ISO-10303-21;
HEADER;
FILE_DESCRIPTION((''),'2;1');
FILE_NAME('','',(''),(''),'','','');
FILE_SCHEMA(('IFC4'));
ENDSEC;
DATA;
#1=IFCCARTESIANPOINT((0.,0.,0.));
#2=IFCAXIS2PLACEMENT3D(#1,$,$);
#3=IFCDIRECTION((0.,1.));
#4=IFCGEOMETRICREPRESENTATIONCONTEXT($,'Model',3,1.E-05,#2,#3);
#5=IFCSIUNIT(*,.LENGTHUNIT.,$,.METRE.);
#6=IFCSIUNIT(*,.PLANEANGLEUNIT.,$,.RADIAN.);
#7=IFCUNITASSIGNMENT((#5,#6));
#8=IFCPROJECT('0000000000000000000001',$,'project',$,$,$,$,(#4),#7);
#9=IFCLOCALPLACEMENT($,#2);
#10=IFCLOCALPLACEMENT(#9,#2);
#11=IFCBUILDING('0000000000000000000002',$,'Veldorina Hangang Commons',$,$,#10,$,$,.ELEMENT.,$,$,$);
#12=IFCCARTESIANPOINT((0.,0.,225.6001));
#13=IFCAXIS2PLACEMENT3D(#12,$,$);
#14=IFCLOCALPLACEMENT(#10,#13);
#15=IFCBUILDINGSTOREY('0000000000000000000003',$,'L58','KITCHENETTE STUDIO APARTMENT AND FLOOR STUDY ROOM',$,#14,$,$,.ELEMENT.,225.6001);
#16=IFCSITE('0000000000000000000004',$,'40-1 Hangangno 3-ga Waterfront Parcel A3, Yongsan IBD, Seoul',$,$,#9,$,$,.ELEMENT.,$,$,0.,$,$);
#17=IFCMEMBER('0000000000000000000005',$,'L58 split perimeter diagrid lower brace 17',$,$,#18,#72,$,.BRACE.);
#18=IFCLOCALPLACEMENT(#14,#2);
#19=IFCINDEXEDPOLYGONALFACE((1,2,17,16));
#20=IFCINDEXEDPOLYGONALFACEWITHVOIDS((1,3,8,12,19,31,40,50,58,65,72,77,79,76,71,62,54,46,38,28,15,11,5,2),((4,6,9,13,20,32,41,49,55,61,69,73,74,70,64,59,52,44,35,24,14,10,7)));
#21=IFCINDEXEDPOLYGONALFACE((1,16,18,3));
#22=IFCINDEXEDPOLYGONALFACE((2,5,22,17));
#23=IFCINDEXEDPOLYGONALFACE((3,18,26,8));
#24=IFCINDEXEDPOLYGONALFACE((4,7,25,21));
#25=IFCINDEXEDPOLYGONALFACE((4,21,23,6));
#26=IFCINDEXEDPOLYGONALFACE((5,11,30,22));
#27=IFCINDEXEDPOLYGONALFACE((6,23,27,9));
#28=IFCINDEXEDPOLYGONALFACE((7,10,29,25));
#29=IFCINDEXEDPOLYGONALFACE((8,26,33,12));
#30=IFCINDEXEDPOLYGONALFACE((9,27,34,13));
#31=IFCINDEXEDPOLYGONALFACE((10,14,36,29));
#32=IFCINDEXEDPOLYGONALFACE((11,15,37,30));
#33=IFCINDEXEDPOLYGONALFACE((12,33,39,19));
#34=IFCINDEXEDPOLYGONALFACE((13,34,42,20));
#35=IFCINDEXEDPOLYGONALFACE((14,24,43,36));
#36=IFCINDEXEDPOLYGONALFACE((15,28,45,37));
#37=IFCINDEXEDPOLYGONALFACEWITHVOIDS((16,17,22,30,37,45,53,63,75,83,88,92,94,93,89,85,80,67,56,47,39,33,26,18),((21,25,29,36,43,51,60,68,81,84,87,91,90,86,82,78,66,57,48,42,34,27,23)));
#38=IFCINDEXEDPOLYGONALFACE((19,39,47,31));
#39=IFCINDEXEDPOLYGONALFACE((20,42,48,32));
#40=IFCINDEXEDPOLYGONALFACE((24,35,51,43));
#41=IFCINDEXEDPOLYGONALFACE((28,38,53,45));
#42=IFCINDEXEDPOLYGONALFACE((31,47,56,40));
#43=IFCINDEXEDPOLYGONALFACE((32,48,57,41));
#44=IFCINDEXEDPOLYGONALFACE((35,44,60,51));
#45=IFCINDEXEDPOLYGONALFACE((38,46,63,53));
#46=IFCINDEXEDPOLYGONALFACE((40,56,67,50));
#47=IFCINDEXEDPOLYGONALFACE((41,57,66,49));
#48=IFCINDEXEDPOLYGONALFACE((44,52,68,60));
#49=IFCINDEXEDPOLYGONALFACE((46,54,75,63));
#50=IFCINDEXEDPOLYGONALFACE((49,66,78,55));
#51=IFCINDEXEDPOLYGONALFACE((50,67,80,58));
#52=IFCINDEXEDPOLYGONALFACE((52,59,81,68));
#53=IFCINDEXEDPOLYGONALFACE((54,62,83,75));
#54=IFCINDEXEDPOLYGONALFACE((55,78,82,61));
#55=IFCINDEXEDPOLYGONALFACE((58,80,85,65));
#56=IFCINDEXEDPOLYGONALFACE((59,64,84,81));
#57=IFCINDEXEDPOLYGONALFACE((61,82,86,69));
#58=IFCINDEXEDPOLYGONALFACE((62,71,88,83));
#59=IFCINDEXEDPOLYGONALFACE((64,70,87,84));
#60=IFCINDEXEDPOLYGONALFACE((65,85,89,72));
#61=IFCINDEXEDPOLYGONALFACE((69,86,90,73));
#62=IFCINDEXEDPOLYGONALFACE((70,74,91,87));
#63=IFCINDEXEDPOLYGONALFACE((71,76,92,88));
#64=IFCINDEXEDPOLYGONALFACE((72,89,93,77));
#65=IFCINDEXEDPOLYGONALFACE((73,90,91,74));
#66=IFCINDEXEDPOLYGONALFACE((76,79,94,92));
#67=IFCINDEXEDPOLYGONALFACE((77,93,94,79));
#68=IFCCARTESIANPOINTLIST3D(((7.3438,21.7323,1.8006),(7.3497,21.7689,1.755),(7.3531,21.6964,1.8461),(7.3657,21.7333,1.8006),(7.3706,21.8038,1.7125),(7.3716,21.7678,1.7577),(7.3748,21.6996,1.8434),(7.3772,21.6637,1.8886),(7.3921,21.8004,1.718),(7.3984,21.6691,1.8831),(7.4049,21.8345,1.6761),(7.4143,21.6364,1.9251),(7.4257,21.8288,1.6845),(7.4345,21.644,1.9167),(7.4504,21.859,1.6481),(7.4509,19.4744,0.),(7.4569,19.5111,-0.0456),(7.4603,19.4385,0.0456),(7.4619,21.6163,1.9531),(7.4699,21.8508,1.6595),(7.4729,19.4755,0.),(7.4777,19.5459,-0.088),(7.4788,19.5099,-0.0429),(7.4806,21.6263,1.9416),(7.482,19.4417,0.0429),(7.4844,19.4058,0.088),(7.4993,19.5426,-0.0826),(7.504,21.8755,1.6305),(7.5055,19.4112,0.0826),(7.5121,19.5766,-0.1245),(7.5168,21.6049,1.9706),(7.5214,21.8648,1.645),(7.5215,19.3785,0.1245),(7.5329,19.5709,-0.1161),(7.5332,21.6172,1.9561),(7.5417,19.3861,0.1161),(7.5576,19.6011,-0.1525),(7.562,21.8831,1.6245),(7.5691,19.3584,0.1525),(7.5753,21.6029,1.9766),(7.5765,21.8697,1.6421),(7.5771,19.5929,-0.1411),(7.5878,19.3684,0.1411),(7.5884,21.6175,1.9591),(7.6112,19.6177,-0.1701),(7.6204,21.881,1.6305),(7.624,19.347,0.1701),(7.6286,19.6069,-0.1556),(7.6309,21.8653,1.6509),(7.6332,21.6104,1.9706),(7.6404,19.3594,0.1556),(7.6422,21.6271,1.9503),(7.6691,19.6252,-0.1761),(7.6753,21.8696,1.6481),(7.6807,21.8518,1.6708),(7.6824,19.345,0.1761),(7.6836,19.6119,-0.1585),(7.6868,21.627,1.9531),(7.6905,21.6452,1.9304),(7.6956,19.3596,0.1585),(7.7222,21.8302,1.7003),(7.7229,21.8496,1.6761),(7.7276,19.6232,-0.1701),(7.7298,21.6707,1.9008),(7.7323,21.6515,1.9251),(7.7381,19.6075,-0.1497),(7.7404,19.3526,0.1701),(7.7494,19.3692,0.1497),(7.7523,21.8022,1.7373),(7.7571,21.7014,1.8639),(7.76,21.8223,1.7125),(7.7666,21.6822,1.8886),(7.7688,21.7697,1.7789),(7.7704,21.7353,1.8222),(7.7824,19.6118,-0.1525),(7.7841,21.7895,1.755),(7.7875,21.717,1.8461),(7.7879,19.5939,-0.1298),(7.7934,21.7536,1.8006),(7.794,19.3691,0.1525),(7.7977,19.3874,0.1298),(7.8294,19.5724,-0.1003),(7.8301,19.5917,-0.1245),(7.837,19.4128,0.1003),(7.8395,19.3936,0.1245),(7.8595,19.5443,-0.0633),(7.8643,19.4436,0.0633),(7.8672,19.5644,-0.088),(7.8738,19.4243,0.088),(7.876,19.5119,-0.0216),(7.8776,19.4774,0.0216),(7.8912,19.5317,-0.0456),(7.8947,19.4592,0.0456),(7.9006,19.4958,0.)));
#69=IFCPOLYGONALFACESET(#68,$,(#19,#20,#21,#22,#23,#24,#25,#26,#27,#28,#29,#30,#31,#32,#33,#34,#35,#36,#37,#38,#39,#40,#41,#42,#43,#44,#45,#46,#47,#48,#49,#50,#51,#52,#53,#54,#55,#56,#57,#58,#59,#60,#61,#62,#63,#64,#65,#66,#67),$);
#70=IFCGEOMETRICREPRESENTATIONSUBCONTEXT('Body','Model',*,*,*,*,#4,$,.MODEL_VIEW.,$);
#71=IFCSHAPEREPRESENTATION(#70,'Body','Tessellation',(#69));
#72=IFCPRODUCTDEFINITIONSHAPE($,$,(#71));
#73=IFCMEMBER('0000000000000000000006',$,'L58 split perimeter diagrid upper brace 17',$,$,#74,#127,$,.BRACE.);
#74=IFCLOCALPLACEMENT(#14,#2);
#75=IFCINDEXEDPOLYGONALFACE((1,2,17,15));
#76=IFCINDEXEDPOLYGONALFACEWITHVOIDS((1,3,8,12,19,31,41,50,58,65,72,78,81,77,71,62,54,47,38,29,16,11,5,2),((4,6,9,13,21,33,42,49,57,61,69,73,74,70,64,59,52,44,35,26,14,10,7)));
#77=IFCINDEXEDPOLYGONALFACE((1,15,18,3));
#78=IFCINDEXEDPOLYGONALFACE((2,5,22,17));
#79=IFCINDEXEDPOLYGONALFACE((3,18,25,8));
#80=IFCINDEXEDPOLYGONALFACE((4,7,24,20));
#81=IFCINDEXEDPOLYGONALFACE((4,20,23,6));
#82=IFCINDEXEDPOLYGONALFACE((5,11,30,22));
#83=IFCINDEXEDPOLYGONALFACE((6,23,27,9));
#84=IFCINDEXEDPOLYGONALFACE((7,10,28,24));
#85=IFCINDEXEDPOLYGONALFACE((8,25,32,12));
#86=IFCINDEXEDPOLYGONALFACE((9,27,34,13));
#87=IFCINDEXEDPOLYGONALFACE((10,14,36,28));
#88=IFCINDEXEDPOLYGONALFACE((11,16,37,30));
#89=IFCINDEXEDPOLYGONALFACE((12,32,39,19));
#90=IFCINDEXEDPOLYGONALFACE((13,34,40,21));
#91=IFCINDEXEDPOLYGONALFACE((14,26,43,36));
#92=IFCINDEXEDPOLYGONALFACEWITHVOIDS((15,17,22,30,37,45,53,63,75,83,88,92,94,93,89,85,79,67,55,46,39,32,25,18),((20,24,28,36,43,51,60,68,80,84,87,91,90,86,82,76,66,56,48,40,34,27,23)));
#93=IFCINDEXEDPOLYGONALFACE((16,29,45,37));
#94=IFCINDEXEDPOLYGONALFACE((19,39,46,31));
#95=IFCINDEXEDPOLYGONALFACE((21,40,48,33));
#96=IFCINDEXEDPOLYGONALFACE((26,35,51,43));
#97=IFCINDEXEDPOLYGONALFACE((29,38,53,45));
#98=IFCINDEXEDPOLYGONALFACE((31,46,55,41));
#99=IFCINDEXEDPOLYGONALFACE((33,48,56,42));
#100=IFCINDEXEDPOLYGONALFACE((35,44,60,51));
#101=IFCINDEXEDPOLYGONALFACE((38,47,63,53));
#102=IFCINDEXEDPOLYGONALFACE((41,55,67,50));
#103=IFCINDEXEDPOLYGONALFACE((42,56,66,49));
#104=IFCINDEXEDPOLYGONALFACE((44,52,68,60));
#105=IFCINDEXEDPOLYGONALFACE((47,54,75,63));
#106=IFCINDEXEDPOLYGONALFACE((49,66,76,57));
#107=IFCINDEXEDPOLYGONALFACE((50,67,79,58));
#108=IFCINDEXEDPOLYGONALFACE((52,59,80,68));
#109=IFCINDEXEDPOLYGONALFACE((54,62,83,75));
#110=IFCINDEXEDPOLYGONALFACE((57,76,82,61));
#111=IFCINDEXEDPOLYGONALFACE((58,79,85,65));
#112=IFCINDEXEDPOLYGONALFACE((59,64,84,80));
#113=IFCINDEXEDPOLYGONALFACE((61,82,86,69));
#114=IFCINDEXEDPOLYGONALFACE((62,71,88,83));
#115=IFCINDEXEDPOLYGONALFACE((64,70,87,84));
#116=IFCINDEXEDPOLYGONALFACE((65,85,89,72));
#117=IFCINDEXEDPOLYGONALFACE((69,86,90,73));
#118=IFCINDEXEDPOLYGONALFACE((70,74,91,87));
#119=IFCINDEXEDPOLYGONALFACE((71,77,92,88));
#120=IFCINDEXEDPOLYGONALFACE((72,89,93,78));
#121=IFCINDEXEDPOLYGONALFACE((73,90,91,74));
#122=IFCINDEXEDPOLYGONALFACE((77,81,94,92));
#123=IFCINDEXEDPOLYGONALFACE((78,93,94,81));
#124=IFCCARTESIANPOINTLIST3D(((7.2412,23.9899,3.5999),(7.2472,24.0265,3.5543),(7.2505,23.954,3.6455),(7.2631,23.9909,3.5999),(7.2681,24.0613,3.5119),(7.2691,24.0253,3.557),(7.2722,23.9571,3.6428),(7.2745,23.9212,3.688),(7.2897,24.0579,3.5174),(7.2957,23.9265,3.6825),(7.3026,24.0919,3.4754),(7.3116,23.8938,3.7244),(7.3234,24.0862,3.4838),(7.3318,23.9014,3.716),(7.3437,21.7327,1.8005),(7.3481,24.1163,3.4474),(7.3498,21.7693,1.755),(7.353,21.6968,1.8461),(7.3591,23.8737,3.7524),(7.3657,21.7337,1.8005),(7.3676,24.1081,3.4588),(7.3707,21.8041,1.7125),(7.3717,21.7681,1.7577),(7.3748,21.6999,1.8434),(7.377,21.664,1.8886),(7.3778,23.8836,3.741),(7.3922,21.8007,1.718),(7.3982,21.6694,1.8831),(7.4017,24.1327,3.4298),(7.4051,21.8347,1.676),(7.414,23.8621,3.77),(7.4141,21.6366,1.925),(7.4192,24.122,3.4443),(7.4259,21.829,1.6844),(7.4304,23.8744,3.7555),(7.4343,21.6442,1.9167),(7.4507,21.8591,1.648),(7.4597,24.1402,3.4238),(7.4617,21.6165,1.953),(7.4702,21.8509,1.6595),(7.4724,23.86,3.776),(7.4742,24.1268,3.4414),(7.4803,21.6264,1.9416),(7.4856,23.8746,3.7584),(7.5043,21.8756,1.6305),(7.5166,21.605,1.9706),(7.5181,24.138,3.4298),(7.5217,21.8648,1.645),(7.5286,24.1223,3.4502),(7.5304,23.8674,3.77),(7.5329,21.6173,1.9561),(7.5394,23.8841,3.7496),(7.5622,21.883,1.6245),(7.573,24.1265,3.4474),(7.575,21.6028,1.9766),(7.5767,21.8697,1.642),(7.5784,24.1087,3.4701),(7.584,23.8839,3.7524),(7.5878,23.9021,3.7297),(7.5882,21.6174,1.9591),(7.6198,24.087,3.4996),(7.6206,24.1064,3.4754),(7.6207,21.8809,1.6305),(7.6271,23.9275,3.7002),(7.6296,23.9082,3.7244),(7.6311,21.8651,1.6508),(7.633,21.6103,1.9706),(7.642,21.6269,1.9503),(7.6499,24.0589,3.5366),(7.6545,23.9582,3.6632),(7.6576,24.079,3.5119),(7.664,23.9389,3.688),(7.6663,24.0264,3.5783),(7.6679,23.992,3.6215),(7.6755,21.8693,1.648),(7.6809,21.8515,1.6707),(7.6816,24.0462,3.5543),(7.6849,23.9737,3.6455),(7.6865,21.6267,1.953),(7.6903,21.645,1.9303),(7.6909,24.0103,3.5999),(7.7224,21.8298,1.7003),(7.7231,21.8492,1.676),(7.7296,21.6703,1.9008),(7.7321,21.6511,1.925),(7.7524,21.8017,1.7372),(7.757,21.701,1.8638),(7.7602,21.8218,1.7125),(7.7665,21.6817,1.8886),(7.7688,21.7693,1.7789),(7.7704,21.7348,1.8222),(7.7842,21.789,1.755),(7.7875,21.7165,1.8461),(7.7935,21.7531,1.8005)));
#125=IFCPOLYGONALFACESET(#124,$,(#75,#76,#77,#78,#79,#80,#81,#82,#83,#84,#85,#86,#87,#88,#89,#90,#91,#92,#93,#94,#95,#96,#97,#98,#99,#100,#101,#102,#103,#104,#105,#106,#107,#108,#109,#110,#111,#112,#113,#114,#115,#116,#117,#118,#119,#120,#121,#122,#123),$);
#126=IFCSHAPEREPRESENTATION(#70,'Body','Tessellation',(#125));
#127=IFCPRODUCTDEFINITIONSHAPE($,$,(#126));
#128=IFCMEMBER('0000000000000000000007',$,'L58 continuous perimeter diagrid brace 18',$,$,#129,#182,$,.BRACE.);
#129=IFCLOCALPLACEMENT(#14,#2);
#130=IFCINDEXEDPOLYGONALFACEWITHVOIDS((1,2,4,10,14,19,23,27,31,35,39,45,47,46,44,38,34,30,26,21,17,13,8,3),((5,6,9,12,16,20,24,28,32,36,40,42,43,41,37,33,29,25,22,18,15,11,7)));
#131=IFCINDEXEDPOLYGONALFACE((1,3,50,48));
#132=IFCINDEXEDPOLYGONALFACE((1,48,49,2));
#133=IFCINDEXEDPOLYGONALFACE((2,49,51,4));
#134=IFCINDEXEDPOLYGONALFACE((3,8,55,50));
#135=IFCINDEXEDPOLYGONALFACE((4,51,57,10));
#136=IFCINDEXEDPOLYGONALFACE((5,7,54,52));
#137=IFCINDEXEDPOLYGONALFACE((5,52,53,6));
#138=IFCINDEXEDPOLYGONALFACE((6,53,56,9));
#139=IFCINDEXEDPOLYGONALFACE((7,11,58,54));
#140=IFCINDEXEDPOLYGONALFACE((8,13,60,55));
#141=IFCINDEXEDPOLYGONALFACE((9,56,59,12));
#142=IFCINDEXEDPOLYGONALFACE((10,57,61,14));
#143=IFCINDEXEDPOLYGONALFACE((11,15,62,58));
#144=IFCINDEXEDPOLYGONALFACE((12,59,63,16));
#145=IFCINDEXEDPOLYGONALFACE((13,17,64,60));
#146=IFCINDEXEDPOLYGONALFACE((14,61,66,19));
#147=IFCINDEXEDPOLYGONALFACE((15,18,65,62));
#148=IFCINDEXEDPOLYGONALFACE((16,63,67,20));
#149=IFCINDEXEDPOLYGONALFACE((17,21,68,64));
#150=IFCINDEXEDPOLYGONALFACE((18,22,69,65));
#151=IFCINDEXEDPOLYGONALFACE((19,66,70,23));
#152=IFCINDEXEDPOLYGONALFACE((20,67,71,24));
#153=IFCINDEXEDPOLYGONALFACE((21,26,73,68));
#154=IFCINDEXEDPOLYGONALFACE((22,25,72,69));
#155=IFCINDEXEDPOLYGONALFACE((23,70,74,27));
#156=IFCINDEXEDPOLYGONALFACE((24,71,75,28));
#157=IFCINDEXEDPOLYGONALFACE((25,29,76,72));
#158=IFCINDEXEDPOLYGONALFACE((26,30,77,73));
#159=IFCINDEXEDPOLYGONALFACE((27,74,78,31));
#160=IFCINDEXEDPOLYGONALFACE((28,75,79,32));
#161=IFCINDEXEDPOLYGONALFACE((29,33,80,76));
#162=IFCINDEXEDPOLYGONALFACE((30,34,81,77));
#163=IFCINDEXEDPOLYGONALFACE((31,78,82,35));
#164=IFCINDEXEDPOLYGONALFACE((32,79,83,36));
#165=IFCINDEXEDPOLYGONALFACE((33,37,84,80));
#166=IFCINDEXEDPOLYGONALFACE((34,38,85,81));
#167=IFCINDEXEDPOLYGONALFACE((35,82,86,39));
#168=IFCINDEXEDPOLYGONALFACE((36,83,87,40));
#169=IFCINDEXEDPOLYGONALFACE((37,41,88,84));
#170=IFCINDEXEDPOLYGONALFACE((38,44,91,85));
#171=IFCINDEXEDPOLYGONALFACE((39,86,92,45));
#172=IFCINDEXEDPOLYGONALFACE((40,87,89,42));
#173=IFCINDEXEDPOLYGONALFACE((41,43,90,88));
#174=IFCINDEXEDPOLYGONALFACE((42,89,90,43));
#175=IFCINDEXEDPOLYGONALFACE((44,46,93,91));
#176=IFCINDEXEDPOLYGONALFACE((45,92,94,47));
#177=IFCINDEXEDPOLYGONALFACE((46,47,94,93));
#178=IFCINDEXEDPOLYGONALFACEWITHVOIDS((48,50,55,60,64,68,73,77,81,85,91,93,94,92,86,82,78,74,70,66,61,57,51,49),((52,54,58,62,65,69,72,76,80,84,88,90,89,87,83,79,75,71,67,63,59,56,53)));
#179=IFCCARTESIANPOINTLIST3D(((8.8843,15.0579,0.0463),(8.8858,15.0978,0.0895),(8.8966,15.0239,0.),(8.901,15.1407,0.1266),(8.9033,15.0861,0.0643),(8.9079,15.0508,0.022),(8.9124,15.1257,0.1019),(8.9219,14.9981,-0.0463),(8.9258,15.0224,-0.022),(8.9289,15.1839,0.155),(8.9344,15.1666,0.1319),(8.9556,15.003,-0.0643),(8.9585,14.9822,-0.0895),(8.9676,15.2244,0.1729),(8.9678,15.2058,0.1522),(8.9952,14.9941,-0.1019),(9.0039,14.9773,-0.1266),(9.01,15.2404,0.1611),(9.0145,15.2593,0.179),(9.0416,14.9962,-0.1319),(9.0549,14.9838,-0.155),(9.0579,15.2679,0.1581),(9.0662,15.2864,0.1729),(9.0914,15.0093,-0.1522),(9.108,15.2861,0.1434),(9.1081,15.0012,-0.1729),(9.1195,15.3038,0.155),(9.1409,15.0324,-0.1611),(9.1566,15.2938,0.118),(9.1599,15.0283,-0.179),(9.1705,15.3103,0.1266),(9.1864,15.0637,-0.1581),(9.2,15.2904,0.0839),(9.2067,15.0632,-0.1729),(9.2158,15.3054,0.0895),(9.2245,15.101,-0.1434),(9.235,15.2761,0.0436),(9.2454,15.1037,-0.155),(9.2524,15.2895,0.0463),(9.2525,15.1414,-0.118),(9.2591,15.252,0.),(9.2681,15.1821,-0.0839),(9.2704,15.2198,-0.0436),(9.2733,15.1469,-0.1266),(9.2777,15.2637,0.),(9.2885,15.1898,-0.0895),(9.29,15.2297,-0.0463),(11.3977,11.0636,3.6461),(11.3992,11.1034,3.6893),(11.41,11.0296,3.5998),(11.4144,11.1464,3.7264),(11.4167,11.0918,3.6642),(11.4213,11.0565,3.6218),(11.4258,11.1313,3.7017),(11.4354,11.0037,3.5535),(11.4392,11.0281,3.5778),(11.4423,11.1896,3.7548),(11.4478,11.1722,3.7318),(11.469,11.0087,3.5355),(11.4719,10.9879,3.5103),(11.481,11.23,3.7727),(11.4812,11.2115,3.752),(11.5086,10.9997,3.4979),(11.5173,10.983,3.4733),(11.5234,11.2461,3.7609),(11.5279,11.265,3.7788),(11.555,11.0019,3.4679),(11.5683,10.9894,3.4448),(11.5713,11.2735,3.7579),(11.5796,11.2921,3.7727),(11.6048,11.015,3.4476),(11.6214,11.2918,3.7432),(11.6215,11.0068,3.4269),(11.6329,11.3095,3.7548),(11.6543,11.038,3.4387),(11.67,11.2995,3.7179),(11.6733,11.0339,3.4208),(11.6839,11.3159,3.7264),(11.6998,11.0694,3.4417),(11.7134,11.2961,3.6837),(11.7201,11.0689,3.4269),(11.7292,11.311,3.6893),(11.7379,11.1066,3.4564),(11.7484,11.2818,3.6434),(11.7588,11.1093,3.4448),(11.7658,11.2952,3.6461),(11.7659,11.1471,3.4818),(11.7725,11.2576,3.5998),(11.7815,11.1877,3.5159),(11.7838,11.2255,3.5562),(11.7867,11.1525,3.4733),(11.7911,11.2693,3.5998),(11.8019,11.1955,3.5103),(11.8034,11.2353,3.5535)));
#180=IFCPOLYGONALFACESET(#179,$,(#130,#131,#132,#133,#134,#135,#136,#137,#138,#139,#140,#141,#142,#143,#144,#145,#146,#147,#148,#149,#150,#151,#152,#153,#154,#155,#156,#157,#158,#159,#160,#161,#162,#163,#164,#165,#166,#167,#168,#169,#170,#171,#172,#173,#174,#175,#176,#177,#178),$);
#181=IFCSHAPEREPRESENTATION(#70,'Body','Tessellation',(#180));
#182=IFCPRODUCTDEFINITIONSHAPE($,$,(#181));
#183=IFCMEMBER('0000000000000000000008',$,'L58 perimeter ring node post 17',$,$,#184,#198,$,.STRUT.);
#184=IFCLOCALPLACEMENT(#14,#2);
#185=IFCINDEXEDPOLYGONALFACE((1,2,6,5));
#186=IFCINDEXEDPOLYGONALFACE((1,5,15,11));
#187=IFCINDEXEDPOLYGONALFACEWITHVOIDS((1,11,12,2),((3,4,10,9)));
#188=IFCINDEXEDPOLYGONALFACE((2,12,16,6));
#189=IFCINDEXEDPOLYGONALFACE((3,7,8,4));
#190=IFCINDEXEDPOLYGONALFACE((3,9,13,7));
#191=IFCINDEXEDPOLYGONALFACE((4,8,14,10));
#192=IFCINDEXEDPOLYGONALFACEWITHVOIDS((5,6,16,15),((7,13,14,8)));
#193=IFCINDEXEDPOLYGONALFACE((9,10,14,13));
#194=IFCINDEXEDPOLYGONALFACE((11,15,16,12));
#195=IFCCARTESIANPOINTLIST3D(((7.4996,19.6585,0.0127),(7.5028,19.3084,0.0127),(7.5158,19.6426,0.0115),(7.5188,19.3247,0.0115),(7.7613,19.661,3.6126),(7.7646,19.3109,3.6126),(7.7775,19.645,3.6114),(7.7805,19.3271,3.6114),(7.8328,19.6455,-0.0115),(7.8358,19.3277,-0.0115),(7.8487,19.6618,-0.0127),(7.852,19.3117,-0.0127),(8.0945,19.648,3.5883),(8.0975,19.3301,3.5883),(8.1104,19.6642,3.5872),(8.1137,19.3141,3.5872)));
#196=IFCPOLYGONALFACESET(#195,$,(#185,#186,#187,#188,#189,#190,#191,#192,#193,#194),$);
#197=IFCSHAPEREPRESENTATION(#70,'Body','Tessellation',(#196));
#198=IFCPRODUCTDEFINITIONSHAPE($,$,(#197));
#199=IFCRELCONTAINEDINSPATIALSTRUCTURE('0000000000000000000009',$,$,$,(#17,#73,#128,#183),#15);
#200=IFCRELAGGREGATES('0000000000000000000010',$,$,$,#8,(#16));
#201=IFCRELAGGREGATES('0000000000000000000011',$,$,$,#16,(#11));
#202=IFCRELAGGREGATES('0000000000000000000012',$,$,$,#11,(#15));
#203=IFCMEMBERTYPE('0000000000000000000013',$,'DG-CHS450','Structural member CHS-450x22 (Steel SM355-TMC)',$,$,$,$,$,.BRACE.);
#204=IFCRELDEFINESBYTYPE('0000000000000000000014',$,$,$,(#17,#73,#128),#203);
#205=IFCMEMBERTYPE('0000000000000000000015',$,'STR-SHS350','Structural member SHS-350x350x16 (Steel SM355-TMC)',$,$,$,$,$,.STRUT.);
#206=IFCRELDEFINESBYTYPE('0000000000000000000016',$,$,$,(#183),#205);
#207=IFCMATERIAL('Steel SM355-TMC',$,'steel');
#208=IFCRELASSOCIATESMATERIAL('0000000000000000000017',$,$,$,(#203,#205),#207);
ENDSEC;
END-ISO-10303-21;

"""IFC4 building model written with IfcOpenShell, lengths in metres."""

from ifc_helpers import new_model, si_unit, direction, frame, origin, origin_2d, place, context, subcontext, project, spatial, hollow_rectangle, hollow_circle, extrude, material, material_profile, profile_set, type_object, element, save


model = new_model("IFC4")

# Units and contexts
model_context = context("Model", 3, precision=1e-05, world=origin(), true_north=direction((0.0, 1.0)))
body_context = subcontext(model_context, "Body", "Model", "MODEL_VIEW")
ifc_project = project(units=[si_unit("LENGTHUNIT", "METRE"), si_unit("PLANEANGLEUNIT", "RADIAN")], contexts=[model_context])

# Site, building, storey
site_placement = place(None, origin())
site = spatial("IfcSite", under=ifc_project, at=site_placement, Name="40-1 Hangangno 3-ga Waterfront Parcel A3, Yongsan IBD, Seoul", CompositionType="ELEMENT", RefElevation=0.0)
building_placement = place(site_placement, origin())
building = spatial("IfcBuilding", under=site, at=building_placement, Name="Veldorina Hangang Commons", CompositionType="ELEMENT")
storey_placement = place(building_placement, frame((0.0, 0.0, 225.6001)))
storey = spatial("IfcBuildingStorey", under=building, at=storey_placement, Name="L58", Description="KITCHENETTE STUDIO APARTMENT AND FLOOR STUDY ROOM", CompositionType="ELEMENT", Elevation=225.6001)

# Shared definitions
ifc_material_1 = material(Name="Steel SM355-TMC", Category="steel")

# Members
ifc_material_profile_1 = material_profile(ifc_material_1, hollow_circle(Radius=0.2251, WallThickness=0.022, at=origin_2d()), Name="CHS-450x22")
ifc_profile_set_1 = profile_set([ifc_material_profile_1], Name="Steel SM355-TMC")
member_type_1 = type_object("IfcMemberType", Name="DG-CHS450", Description="Structural member CHS-450x22 (Steel SM355-TMC)", PredefinedType="BRACE", material=ifc_profile_set_1)
member_1_placement = place(storey_placement, frame((7.6758, 19.4851, 0.0), z_axis=(-0.037088, 0.781295, 0.623059), x_axis=(-0.998875, -0.047416, 0.0)))
element("IfcMember", 1, at=member_1_placement, inside=storey, type_object=member_type_1, Name="L58 split perimeter diagrid lower brace 17", PredefinedType="BRACE", context=body_context, shape_type="SweptSolid", body=[
    extrude(hollow_circle(Radius=0.2251, WallThickness=0.022, at=origin_2d()), origin(), (0.0, 0.0, 1.0), 2.8899),
])
member_2_placement = place(storey_placement, frame((7.5686, 21.7429, 1.8005), z_axis=(-0.035501, 0.781447, 0.62296), x_axis=(-0.99897, -0.045383, 0.0)))
element("IfcMember", 2, at=member_2_placement, inside=storey, type_object=member_type_1, Name="L58 split perimeter diagrid upper brace 17", PredefinedType="BRACE", context=body_context, shape_type="SweptSolid", body=[
    extrude(hollow_circle(Radius=0.2251, WallThickness=0.022, at=origin_2d()), origin(), (0.0, 0.0, 1.0), 2.8884),
])
member_3_placement = place(storey_placement, frame((9.0872, 15.1438, 0.0), z_axis=(0.423449, -0.672954, 0.606485), x_axis=(0.846381, 0.532577, 0.0)))
element("IfcMember", 3, at=member_3_placement, inside=storey, type_object=member_type_1, Name="L58 continuous perimeter diagrid brace 18", PredefinedType="BRACE", context=body_context, shape_type="SweptSolid", body=[
    extrude(hollow_circle(Radius=0.2251, WallThickness=0.022, at=origin_2d()), origin(), (0.0, 0.0, 1.0), 5.9355),
])
ifc_material_profile_2 = material_profile(ifc_material_1, hollow_rectangle(XDim=0.3501, YDim=0.3501, WallThickness=0.0161, at=origin_2d()), Name="SHS-350x350x16")
ifc_profile_set_2 = profile_set([ifc_material_profile_2], Name="Steel SM355-TMC")
member_type_2 = type_object("IfcMemberType", Name="STR-SHS350", Description="Structural member SHS-350x350x16 (Steel SM355-TMC)", PredefinedType="STRUT", material=ifc_profile_set_2)
member_4_placement = place(storey_placement, frame((7.6758, 19.4851, 0.0), z_axis=(0.072511, 0.000676, 0.997367), x_axis=(-0.009328, 0.999956, 0.0)))
element("IfcMember", 4, at=member_4_placement, inside=storey, type_object=member_type_2, Name="L58 perimeter ring node post 17", PredefinedType="STRUT", context=body_context, shape_type="SweptSolid", body=[
    extrude(hollow_rectangle(XDim=0.3501, YDim=0.3501, WallThickness=0.0161, at=origin_2d()), origin(), (0.0, 0.0, 1.0), 3.6094),
])

save(model, "model.ifc")
